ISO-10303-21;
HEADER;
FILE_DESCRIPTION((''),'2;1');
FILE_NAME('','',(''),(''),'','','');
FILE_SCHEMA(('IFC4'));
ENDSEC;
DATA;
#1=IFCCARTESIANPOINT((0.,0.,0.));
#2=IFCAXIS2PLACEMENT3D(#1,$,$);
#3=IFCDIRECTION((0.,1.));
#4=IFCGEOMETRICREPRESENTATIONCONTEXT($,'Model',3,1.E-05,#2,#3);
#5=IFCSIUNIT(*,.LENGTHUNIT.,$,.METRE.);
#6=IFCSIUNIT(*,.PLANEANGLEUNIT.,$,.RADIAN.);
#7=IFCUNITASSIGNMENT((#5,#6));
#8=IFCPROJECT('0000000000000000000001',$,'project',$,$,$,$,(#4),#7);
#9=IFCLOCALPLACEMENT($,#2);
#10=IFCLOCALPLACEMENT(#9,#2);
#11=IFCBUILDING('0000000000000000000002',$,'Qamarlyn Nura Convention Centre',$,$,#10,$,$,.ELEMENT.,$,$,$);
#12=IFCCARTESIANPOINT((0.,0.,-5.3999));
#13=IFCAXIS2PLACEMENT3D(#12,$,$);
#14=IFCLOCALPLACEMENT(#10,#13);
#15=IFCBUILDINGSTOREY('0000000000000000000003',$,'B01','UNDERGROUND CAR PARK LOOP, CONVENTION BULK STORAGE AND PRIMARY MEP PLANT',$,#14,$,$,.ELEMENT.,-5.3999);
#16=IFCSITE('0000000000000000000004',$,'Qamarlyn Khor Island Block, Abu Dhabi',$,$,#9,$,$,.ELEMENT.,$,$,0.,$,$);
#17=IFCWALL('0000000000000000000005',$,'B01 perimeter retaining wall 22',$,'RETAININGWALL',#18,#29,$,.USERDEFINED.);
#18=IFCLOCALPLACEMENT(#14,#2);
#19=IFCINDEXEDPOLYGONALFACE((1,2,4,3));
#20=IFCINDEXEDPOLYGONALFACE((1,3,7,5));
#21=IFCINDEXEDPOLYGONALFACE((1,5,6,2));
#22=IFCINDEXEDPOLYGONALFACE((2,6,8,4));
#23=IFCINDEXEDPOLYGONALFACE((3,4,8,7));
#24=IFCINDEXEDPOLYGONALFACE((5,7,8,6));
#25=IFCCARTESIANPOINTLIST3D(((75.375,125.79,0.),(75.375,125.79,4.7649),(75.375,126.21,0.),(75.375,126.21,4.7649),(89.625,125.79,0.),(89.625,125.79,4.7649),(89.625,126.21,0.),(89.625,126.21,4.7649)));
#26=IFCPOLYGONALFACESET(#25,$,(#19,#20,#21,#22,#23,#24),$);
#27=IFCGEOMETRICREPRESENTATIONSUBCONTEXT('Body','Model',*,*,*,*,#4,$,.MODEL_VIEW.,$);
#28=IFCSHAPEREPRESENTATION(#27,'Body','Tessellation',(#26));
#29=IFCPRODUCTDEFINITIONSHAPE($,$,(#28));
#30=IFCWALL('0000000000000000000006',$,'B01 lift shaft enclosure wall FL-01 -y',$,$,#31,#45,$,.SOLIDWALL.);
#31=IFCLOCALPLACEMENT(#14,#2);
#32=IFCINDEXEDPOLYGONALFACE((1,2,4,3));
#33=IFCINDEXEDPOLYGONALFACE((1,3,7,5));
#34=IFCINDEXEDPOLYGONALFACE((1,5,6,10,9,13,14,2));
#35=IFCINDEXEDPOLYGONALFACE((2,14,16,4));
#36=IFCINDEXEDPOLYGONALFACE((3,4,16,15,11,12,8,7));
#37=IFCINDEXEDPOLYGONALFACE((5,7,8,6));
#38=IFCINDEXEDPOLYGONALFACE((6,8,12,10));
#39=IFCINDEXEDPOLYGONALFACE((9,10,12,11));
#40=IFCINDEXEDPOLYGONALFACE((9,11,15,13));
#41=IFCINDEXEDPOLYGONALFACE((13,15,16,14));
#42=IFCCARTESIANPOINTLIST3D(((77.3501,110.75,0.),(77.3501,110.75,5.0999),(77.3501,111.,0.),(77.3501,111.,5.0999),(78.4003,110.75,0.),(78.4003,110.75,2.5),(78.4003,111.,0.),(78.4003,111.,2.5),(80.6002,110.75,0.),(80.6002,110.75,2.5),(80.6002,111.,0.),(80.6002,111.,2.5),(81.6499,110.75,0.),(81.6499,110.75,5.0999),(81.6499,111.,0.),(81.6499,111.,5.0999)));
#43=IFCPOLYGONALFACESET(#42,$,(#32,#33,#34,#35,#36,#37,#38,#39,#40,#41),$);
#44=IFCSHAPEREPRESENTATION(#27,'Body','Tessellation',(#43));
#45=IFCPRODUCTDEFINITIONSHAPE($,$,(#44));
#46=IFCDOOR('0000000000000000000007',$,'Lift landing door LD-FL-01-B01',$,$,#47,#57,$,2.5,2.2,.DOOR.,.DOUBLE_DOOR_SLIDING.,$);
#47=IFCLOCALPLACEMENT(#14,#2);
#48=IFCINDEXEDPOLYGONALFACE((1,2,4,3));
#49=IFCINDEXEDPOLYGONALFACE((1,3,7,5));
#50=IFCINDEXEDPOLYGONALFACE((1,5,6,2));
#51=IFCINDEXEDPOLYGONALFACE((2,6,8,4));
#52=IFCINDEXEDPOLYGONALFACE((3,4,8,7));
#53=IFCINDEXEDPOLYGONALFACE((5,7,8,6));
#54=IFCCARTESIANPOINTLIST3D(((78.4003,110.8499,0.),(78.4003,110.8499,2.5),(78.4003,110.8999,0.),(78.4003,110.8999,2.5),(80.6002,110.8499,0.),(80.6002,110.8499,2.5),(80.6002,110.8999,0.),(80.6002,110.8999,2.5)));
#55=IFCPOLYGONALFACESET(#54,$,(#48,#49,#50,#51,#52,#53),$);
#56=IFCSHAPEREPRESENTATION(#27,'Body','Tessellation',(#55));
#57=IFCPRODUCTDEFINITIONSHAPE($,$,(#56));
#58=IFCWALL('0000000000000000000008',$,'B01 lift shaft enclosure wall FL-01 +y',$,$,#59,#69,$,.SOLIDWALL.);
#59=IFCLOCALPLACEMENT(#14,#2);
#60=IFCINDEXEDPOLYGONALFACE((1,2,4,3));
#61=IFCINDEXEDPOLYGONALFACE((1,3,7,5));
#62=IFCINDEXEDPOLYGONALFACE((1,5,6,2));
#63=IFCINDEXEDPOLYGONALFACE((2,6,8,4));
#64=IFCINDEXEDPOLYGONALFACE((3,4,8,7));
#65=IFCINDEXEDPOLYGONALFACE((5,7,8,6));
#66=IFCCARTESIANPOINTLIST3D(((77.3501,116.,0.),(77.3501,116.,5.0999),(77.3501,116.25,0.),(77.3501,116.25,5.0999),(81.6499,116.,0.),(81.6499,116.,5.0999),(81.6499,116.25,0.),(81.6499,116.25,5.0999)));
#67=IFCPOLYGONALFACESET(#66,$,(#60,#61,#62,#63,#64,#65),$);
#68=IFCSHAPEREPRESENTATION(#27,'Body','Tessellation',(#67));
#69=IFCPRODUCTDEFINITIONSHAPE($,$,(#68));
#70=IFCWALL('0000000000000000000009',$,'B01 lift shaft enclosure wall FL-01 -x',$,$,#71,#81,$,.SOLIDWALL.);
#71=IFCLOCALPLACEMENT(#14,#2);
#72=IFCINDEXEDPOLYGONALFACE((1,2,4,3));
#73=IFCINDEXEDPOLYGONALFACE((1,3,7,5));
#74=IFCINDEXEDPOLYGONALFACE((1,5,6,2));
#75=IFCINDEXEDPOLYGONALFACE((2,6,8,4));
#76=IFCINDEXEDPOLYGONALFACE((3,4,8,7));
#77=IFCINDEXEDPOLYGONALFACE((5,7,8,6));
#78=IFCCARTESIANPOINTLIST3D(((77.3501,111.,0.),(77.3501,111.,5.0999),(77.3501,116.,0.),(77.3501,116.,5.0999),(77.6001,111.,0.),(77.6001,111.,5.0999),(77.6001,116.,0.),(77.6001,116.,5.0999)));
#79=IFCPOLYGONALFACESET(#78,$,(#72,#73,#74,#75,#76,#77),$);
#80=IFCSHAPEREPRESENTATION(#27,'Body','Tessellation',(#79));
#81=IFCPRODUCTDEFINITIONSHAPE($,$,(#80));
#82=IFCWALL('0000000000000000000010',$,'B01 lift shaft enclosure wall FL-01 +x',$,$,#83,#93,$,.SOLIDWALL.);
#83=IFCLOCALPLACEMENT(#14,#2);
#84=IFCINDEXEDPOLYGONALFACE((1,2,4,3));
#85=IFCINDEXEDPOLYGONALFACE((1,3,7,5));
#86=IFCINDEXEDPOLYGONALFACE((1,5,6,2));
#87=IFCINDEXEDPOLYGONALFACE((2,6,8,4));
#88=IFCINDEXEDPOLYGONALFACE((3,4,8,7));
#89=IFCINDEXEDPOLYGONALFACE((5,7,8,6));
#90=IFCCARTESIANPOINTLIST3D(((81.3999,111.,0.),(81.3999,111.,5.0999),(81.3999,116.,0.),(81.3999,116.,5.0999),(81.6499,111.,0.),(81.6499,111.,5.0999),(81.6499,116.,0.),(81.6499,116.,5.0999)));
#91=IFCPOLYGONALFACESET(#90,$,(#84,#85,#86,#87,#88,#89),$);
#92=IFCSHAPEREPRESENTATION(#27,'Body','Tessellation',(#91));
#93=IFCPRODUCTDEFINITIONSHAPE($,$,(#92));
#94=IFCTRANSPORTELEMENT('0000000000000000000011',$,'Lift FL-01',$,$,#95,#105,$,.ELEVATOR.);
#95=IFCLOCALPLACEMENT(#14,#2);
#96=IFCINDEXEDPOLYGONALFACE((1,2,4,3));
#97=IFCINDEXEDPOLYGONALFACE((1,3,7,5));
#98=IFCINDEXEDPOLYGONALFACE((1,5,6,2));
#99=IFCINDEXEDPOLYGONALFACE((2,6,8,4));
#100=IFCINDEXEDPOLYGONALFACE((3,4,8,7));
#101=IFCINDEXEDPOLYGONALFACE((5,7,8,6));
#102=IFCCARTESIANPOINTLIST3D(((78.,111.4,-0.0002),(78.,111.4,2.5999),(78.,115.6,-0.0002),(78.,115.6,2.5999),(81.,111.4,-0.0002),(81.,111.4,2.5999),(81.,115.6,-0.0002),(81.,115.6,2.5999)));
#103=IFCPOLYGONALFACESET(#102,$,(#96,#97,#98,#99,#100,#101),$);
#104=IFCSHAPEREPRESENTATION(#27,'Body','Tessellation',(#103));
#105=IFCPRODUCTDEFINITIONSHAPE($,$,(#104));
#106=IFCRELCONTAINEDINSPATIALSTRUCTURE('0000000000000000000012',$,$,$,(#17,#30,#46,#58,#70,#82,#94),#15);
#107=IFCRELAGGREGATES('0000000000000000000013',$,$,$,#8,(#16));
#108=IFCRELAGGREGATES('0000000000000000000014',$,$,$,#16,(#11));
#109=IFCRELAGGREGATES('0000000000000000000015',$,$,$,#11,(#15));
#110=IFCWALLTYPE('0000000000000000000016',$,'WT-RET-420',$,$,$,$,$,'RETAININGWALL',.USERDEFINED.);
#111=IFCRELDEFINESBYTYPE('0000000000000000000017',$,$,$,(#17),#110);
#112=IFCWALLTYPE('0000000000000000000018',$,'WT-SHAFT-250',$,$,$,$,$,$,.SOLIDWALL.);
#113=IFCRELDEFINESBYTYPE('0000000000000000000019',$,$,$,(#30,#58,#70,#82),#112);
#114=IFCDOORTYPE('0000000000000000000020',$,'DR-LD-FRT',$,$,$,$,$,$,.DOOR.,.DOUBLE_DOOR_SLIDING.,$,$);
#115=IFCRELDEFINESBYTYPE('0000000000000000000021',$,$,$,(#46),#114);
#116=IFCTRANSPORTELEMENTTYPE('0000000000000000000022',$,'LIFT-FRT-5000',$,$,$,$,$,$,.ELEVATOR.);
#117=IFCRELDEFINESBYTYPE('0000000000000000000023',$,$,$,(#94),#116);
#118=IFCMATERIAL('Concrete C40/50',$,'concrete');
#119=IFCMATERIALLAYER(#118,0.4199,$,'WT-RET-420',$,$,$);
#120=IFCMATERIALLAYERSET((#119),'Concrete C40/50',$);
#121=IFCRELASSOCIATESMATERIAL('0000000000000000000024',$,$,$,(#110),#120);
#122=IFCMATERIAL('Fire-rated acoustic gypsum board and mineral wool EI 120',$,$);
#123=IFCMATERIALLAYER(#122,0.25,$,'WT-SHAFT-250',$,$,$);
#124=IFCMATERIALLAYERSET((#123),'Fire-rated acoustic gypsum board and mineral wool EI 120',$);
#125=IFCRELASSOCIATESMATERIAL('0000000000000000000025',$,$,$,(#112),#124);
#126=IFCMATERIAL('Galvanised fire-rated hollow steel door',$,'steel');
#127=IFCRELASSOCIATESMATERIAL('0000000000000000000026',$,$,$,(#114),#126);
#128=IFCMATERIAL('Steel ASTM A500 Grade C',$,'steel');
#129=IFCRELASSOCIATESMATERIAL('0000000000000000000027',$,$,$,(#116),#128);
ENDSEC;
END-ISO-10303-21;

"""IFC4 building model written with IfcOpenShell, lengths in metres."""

from ifc_helpers import new_model, si_unit, direction, frame, frame_2d, origin, origin_2d, place, context, subcontext, project, spatial, rectangle, extrude, material, layer, layer_set, type_object, element, fill, save


model = new_model("IFC4")

# Units and contexts
model_context = context("Model", 3, precision=1e-05, world=origin(), true_north=direction((0.0, 1.0)))
body_context = subcontext(model_context, "Body", "Model", "MODEL_VIEW")
ifc_project = project(units=[si_unit("LENGTHUNIT", "METRE"), si_unit("PLANEANGLEUNIT", "RADIAN")], contexts=[model_context])

# Site, building, storey
site_placement = place(None, origin())
site = spatial("IfcSite", under=ifc_project, at=site_placement, Name="Qamarlyn Khor Island Block, Abu Dhabi", CompositionType="ELEMENT", RefElevation=0.0)
building_placement = place(site_placement, origin())
building = spatial("IfcBuilding", under=site, at=building_placement, Name="Qamarlyn Nura Convention Centre", CompositionType="ELEMENT")
storey_placement = place(building_placement, frame((0.0, 0.0, -5.3999)))
storey = spatial("IfcBuildingStorey", under=building, at=storey_placement, Name="B01", Description="UNDERGROUND CAR PARK LOOP, CONVENTION BULK STORAGE AND PRIMARY MEP PLANT", CompositionType="ELEMENT", Elevation=-5.3999)

# Shared definitions
ifc_material_1 = material(Name="Concrete C40/50", Category="concrete")

# Wall
ifc_layer_1 = layer(ifc_material_1, 0.4199, Name="WT-RET-420")
ifc_layer_set_1 = layer_set([ifc_layer_1], Name="Concrete C40/50")
wall_type_1 = type_object("IfcWallType", Name="WT-RET-420", ElementType="RETAININGWALL", PredefinedType="USERDEFINED", material=ifc_layer_set_1)
wall_1_placement = place(storey_placement, frame((75.375, 126.0, 0.0), z_axis=(0.0, 0.0, 1.0), x_axis=(1.0, 0.0, 0.0)))
element("IfcWall", 1, at=wall_1_placement, inside=storey, type_object=wall_type_1, Name="B01 perimeter retaining wall 22", ObjectType="RETAININGWALL", PredefinedType="USERDEFINED", context=body_context, shape_type="SweptSolid", body=[
    extrude(rectangle(XDim=14.25, YDim=0.4199, at=frame_2d((7.125, 0.0))), origin(), (0.0, 0.0, 1.0), 4.7649),
])

# Wall, opening, door
ifc_material_2 = material(Name="Fire-rated acoustic gypsum board and mineral wool EI 120")
ifc_layer_2 = layer(ifc_material_2, 0.25, Name="WT-SHAFT-250")
ifc_layer_set_2 = layer_set([ifc_layer_2], Name="Fire-rated acoustic gypsum board and mineral wool EI 120")
wall_type_2 = type_object("IfcWallType", Name="WT-SHAFT-250", PredefinedType="SOLIDWALL", material=ifc_layer_set_2)
wall_2_placement = place(storey_placement, frame((77.3501, 110.875, 0.0), z_axis=(0.0, 0.0, 1.0), x_axis=(1.0, 0.0, 0.0)))
wall_2 = element("IfcWall", 2, at=wall_2_placement, inside=storey, type_object=wall_type_2, Name="B01 lift shaft enclosure wall FL-01 -y", PredefinedType="SOLIDWALL", context=body_context, shape_type="SweptSolid", body=[
    extrude(rectangle(XDim=4.2998, YDim=0.25, at=frame_2d((2.1499, 0.0))), origin(), (0.0, 0.0, 1.0), 5.0999),
])
opening_placement = place(wall_2_placement, frame((1.05, 0.0, 0.0)))
opening = element("IfcOpeningElement", 3, at=opening_placement, cuts=wall_2, PredefinedType="OPENING", context=body_context, shape_type="SweptSolid", body=[
    extrude(rectangle(XDim=2.2, YDim=2.5, at=frame_2d((1.1001, 1.25))), frame((0.0, 0.135, 0.0), z_axis=(0.0, -1.0, 0.0), x_axis=(1.0, 0.0, 0.0)), (0.0, 0.0, 1.0), 0.27),
])
ifc_material_3 = material(Name="Galvanised fire-rated hollow steel door", Category="steel")
door_type = type_object("IfcDoorType", Name="DR-LD-FRT", OperationType="DOUBLE_DOOR_SLIDING", PredefinedType="DOOR", material=ifc_material_3)
door_placement = place(opening_placement, origin())
door = element("IfcDoor", 4, at=door_placement, inside=storey, type_object=door_type, Name="Lift landing door LD-FL-01-B01", OperationType="DOUBLE_DOOR_SLIDING", OverallHeight=2.5, OverallWidth=2.2, PredefinedType="DOOR", context=body_context, shape_type="SweptSolid", body=[
    extrude(rectangle(XDim=2.2, YDim=2.5, at=frame_2d((1.1001, 1.25))), frame((0.0, 0.0249, 0.0), z_axis=(0.0, -1.0, 0.0), x_axis=(1.0, 0.0, 0.0)), (0.0, 0.0, 1.0), 0.05),
])
fill(opening, door)

# Walls
wall_3_placement = place(storey_placement, frame((81.6499, 116.125, 0.0), z_axis=(0.0, 0.0, 1.0), x_axis=(-1.0, 0.0, 0.0)))
element("IfcWall", 5, at=wall_3_placement, inside=storey, type_object=wall_type_2, Name="B01 lift shaft enclosure wall FL-01 +y", PredefinedType="SOLIDWALL", context=body_context, shape_type="SweptSolid", body=[
    extrude(rectangle(XDim=4.2998, YDim=0.25, at=frame_2d((2.1499, 0.0))), origin(), (0.0, 0.0, 1.0), 5.0999),
])
for number, where, z_axis, x_axis, name in (
    (6, (77.4751, 116.0, 0.0), (0.0, 0.0, 1.0), (0.0, -1.0, 0.0), "B01 lift shaft enclosure wall FL-01 -x"),
    (7, (81.5249, 111.0, 0.0), (0.0, 0.0, 1.0), (0.0, 1.0, 0.0), "B01 lift shaft enclosure wall FL-01 +x"),
):
    element("IfcWall", number, at=place(storey_placement, frame(where, z_axis=z_axis, x_axis=x_axis)), inside=storey, type_object=wall_type_2, Name=name, PredefinedType="SOLIDWALL", context=body_context, shape_type="SweptSolid", body=[
        extrude(rectangle(XDim=5.0, YDim=0.25, at=frame_2d((2.5, 0.0))), origin(), (0.0, 0.0, 1.0), 5.0999),
    ])

# Transport element
ifc_material_4 = material(Name="Steel ASTM A500 Grade C", Category="steel")
transport_element_type = type_object("IfcTransportElementType", Name="LIFT-FRT-5000", PredefinedType="ELEVATOR", material=ifc_material_4)
transport_element_placement = place(storey_placement, frame((79.5, 113.5, -0.0002), z_axis=(0.0, 0.0, 1.0), x_axis=(1.0, 0.0, 0.0)))
element("IfcTransportElement", 8, at=transport_element_placement, inside=storey, type_object=transport_element_type, Name="Lift FL-01", PredefinedType="ELEVATOR", context=body_context, shape_type="SweptSolid", body=[
    extrude(rectangle(XDim=3.0, YDim=4.2, at=origin_2d()), origin(), (0.0, 0.0, 1.0), 2.6001),
])

save(model, "model.ifc")
